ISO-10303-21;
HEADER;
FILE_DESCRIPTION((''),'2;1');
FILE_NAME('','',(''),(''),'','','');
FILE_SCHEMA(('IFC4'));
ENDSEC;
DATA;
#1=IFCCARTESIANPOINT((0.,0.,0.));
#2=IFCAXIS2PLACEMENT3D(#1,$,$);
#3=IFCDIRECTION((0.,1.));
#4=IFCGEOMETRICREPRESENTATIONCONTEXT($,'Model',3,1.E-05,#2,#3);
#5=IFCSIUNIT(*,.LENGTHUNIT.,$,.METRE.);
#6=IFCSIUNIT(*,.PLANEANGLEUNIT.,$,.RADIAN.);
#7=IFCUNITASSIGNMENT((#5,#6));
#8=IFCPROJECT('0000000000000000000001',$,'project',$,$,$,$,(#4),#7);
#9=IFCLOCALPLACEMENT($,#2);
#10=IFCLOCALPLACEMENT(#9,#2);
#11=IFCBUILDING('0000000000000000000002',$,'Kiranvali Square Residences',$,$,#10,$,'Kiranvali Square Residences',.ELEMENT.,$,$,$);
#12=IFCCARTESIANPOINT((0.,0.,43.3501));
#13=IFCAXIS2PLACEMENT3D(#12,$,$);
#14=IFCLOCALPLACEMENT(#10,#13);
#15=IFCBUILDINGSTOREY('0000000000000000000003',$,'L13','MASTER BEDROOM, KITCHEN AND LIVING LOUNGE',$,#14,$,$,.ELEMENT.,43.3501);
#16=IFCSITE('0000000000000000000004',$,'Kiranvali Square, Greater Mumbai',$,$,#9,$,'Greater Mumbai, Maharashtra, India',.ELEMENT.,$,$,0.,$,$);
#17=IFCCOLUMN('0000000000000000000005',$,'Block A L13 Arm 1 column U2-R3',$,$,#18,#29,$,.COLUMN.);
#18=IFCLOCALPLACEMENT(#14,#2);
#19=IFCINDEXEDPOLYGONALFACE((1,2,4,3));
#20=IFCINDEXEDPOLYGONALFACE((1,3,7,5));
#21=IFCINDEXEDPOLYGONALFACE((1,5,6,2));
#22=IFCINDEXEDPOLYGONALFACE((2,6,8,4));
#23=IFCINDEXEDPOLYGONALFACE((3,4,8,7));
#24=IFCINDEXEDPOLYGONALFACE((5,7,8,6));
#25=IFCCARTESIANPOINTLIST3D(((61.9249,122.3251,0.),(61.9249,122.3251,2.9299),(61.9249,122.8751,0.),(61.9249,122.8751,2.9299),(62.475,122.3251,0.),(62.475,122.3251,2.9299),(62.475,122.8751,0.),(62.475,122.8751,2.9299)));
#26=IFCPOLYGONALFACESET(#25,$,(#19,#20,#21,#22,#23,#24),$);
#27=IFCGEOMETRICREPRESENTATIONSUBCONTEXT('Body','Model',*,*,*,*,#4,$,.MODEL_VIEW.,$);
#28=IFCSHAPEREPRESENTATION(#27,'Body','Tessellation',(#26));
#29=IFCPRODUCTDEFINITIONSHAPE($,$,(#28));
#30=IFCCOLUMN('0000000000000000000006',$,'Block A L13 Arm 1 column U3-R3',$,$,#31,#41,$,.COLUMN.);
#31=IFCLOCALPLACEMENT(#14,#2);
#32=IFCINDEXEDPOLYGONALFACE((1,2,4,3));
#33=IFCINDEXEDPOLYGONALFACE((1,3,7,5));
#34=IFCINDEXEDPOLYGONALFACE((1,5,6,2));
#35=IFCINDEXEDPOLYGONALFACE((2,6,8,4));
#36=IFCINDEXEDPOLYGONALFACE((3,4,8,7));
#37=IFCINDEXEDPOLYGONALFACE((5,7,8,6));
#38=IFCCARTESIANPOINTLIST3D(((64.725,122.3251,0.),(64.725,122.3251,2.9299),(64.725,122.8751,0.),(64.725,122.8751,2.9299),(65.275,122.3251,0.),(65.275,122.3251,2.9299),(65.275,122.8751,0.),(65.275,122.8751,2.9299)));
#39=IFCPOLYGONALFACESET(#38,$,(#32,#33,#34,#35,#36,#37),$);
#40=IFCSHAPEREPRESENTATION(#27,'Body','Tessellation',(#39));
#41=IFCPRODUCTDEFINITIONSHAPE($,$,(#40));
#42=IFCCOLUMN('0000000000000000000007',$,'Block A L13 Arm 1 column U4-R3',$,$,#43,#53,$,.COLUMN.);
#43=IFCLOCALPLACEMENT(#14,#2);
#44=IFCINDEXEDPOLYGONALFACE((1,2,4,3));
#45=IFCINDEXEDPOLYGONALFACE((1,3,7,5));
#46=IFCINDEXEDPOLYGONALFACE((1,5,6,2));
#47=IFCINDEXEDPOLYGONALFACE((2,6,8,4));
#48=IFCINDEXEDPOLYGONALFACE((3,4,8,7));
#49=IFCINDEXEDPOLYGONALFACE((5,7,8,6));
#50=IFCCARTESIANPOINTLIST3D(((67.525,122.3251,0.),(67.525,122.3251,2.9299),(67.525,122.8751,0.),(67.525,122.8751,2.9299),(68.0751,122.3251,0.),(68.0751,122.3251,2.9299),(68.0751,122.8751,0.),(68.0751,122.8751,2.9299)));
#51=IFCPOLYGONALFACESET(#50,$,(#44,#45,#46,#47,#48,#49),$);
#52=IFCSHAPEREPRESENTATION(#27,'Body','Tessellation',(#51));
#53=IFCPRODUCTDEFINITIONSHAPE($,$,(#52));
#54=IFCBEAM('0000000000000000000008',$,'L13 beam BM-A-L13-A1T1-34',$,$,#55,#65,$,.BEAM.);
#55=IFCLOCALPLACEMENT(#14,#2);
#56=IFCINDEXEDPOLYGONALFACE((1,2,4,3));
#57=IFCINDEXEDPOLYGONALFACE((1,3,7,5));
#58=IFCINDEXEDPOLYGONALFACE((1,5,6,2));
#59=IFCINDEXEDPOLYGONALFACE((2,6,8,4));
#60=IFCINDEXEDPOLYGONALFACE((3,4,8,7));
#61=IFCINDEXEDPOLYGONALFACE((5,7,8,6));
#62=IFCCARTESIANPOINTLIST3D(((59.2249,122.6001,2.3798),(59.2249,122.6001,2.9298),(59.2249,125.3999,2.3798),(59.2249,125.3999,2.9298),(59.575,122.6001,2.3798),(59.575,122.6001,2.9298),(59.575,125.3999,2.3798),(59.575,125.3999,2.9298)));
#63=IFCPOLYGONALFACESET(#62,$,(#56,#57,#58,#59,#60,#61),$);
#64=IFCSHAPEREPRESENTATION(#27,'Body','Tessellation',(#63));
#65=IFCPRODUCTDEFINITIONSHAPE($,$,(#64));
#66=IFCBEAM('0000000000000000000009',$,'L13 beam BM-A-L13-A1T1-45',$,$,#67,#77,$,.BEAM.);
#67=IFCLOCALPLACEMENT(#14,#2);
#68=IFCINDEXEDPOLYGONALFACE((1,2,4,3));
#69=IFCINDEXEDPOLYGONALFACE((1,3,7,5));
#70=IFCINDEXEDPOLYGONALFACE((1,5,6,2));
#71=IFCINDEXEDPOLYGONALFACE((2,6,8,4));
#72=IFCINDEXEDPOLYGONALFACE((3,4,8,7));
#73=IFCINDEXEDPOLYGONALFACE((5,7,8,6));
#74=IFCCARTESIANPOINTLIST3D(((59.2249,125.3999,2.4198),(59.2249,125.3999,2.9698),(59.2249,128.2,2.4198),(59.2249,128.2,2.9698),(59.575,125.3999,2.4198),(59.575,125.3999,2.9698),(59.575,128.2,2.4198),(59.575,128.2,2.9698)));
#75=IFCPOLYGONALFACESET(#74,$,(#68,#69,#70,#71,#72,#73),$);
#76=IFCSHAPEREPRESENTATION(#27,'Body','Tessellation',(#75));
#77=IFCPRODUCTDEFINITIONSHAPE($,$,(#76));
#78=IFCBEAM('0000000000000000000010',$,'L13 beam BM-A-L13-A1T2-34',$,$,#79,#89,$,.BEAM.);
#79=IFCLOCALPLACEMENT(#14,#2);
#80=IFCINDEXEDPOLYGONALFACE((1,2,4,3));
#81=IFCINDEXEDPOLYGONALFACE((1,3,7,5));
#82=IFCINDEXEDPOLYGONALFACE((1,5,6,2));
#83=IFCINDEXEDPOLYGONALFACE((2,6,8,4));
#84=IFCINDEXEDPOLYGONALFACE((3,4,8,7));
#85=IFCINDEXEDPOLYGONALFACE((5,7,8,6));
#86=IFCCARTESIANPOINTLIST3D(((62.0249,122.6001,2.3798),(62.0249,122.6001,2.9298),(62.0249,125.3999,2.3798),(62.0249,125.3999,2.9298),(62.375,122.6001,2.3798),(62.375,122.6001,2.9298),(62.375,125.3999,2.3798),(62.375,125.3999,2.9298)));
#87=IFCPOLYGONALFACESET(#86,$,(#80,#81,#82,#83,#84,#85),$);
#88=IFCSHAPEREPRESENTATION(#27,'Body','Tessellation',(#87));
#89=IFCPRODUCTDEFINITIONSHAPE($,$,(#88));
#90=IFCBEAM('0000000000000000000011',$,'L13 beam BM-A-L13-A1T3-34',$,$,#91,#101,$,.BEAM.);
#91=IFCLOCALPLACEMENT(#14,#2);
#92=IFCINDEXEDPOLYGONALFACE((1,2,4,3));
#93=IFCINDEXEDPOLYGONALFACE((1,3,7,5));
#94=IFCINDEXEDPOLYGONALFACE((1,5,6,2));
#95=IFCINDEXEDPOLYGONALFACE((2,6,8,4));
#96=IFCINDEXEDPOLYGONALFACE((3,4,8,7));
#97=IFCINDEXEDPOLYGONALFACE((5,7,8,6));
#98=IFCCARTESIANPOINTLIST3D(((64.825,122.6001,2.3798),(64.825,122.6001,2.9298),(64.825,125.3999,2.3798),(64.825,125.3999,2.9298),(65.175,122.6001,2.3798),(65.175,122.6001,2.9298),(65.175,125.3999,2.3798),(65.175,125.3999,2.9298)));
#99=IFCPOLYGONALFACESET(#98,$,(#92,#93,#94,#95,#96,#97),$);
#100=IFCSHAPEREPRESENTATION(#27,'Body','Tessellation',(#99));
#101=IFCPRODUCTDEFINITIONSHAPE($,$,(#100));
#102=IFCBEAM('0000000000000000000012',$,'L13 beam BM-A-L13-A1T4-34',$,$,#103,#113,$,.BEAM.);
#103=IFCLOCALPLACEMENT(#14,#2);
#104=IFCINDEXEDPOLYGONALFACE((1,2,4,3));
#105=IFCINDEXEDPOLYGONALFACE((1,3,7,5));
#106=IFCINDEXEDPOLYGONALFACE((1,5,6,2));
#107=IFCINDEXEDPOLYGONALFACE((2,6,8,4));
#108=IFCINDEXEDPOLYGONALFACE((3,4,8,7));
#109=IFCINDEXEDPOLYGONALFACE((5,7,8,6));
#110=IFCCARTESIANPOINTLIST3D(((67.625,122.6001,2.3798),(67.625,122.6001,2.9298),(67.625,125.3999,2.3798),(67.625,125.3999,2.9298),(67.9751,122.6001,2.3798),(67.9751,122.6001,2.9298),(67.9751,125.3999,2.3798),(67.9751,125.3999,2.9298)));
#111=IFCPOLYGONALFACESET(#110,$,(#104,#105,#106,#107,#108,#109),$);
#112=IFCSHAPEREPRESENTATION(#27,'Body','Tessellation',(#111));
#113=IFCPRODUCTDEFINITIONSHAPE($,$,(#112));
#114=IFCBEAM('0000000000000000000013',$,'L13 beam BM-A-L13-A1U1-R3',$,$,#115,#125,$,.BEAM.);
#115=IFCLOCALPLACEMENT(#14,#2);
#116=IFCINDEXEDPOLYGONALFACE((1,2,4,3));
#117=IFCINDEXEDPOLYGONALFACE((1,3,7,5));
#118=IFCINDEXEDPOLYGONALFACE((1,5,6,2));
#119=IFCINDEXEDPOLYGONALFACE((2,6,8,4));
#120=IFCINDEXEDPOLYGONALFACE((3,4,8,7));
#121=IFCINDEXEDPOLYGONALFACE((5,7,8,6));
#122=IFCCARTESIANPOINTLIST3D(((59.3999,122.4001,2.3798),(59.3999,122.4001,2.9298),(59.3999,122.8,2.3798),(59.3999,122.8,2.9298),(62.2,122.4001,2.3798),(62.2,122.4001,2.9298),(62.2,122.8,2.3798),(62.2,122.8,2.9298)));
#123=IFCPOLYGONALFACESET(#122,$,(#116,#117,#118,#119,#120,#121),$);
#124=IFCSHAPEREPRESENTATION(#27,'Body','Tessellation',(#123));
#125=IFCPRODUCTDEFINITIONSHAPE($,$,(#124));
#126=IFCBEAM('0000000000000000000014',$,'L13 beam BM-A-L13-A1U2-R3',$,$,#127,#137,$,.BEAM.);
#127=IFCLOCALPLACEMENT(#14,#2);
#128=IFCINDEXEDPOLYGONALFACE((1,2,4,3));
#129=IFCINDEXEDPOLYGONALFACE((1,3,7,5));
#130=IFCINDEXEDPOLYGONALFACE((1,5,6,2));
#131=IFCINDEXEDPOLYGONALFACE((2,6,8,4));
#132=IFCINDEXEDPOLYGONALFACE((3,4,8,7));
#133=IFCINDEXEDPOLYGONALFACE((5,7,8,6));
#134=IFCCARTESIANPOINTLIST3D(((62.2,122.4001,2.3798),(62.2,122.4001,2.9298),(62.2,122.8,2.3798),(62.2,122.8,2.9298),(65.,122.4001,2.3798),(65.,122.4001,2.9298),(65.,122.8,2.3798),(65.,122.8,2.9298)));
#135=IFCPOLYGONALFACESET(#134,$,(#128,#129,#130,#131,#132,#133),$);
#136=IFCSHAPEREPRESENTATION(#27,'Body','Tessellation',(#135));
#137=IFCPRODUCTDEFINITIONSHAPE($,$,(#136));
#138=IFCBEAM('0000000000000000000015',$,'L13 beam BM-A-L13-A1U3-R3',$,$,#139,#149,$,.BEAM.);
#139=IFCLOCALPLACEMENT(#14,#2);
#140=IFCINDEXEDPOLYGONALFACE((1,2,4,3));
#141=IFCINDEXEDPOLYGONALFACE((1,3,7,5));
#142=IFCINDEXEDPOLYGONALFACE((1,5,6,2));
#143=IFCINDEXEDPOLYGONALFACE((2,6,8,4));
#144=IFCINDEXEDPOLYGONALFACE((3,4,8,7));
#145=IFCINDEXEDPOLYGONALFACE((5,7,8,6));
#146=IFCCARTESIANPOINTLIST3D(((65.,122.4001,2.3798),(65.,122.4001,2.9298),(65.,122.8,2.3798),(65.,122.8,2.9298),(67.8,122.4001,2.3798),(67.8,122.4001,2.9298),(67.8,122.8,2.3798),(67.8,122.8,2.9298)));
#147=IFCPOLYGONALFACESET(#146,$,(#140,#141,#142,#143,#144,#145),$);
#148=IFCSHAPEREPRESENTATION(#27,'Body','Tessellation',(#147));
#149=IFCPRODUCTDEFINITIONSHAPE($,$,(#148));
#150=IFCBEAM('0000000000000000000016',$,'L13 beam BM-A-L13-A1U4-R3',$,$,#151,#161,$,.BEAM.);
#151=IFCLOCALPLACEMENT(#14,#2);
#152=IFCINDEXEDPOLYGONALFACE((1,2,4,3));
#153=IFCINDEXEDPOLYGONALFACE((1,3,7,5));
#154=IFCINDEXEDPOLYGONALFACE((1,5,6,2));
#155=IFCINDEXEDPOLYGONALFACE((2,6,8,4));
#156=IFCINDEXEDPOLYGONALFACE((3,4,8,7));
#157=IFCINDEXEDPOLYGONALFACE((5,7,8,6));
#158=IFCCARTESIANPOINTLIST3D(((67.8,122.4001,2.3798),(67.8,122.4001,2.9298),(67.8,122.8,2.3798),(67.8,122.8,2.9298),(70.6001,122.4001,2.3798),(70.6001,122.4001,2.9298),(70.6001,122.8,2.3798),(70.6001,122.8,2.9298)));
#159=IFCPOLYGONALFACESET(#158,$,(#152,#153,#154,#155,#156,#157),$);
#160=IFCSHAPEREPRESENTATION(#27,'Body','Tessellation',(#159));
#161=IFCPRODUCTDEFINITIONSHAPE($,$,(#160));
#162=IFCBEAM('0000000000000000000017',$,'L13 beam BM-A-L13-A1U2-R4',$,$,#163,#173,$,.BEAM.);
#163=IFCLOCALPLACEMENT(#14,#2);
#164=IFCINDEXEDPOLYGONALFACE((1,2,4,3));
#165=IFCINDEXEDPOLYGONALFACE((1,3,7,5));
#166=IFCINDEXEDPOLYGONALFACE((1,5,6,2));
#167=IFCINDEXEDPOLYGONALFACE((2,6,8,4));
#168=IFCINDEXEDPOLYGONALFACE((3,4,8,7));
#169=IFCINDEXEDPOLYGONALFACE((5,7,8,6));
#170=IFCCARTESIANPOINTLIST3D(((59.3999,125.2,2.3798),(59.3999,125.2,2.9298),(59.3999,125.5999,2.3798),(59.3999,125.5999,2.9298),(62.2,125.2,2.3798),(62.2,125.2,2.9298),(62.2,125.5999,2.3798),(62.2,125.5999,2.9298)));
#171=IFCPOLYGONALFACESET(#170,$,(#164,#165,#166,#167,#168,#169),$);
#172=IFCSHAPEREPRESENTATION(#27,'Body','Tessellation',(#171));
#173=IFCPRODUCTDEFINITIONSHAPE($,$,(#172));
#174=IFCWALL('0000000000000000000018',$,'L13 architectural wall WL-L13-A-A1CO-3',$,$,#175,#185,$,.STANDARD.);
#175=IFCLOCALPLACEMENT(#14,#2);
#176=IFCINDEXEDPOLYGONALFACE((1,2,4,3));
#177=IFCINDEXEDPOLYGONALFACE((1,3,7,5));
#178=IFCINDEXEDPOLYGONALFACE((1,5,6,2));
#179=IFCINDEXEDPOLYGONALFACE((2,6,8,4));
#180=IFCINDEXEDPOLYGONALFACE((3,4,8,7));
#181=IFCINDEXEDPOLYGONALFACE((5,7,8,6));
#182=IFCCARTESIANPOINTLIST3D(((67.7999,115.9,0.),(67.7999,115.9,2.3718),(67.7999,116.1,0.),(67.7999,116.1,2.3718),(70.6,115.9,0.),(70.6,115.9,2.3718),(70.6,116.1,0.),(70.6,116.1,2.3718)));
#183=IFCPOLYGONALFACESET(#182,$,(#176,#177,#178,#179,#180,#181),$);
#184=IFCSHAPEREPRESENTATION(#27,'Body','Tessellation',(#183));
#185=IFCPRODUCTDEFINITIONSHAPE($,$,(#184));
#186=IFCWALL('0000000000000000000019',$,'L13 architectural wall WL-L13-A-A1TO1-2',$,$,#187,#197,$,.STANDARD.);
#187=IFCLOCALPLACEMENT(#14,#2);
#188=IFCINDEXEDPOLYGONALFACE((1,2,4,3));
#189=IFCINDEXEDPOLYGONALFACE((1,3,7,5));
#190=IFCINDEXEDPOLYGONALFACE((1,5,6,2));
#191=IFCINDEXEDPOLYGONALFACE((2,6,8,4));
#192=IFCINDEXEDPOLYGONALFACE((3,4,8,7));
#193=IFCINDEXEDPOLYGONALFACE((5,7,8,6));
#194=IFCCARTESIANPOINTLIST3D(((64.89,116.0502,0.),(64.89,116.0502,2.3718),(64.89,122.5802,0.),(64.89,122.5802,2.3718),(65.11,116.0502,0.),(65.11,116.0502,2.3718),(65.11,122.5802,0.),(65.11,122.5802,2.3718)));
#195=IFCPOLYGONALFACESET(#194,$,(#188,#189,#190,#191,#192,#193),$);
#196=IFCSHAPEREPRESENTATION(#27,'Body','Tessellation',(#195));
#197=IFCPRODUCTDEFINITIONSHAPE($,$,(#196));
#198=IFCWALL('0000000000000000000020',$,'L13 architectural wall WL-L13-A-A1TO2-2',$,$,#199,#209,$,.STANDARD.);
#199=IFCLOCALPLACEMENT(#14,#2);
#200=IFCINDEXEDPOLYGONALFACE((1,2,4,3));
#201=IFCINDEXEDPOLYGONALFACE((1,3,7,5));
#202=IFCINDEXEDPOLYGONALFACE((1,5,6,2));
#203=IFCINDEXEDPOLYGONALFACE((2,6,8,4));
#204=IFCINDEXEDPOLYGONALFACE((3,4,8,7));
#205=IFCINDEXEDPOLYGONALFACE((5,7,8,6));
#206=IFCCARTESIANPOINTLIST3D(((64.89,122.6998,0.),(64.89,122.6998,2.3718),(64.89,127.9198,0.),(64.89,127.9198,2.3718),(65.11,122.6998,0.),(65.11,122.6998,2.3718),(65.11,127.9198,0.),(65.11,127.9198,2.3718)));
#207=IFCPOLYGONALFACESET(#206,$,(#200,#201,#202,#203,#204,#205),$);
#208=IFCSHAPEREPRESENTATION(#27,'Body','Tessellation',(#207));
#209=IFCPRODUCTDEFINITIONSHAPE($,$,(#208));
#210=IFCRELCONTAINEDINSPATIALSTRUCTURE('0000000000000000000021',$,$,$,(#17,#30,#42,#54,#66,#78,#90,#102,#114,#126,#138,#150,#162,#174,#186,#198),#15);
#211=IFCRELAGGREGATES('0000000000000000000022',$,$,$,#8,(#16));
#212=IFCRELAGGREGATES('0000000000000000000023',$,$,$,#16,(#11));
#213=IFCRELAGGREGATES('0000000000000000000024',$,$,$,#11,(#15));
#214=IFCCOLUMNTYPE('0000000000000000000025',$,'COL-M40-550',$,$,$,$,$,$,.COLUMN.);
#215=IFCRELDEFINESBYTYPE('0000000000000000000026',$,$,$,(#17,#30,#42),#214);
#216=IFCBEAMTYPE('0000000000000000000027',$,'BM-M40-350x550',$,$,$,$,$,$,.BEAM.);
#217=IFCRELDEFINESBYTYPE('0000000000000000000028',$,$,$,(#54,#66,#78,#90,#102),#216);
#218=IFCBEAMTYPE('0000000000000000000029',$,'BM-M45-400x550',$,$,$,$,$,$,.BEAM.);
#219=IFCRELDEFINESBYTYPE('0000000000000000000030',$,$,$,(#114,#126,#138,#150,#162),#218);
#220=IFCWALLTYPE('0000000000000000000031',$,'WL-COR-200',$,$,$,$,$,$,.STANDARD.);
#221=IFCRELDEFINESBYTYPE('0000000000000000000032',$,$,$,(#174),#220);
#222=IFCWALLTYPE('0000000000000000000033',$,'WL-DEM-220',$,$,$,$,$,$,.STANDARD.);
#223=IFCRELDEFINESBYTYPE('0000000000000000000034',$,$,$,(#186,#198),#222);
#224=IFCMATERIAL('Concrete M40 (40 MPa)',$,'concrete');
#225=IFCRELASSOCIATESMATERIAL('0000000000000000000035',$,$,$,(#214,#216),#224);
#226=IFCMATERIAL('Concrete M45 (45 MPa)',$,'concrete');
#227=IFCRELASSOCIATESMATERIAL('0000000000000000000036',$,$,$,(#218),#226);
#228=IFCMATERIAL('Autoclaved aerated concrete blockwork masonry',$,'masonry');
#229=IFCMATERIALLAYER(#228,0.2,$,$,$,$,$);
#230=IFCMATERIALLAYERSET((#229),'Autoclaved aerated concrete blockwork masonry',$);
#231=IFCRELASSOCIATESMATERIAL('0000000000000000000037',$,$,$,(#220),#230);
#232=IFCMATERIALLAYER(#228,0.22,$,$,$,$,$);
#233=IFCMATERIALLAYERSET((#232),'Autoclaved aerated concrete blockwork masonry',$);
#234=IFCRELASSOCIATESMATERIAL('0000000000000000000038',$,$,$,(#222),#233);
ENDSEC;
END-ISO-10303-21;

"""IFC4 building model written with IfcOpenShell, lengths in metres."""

from ifc_helpers import new_model, si_unit, direction, frame, frame_2d, origin, origin_2d, place, context, subcontext, project, spatial, rectangle, extrude, material, layer, layer_set, material_profile, profile_set, type_object, element, save


model = new_model("IFC4")

# Units and contexts
model_context = context("Model", 3, precision=1e-05, world=origin(), true_north=direction((0.0, 1.0)))
body_context = subcontext(model_context, "Body", "Model", "MODEL_VIEW")
ifc_project = project(units=[si_unit("LENGTHUNIT", "METRE"), si_unit("PLANEANGLEUNIT", "RADIAN")], contexts=[model_context])

# Site, building, storey
site_placement = place(None, origin())
site = spatial("IfcSite", under=ifc_project, at=site_placement, Name="Kiranvali Square, Greater Mumbai", LongName="Greater Mumbai, Maharashtra, India", CompositionType="ELEMENT", RefElevation=0.0)
building_placement = place(site_placement, origin())
building = spatial("IfcBuilding", under=site, at=building_placement, Name="Kiranvali Square Residences", LongName="Kiranvali Square Residences", CompositionType="ELEMENT")
storey_placement = place(building_placement, frame((0.0, 0.0, 43.3501)))
storey = spatial("IfcBuildingStorey", under=building, at=storey_placement, Name="L13", Description="MASTER BEDROOM, KITCHEN AND LIVING LOUNGE", CompositionType="ELEMENT", Elevation=43.3501)

# Columns
ifc_material_1 = material(Name="Concrete M40 (40 MPa)", Category="concrete")
ifc_material_profile_1 = material_profile(ifc_material_1, rectangle(XDim=0.55, YDim=0.55, at=origin_2d()), Name="RC 550x550")
ifc_profile_set_1 = profile_set([ifc_material_profile_1], Name="Concrete M40 (40 MPa)")
column_type = type_object("IfcColumnType", Name="COL-M40-550", PredefinedType="COLUMN", material=ifc_profile_set_1)
for number, where, z_axis, x_axis, name in (
    (1, (62.2, 122.6001, 0.0), (0.0, 0.0, 1.0), (1.0, 0.0, 0.0), "Block A L13 Arm 1 column U2-R3"),
    (2, (65.0, 122.6001, 0.0), (0.0, 0.0, 1.0), (1.0, 0.0, 0.0), "Block A L13 Arm 1 column U3-R3"),
    (3, (67.8, 122.6001, 0.0), (0.0, 0.0, 1.0), (1.0, 0.0, 0.0), "Block A L13 Arm 1 column U4-R3"),
):
    element("IfcColumn", number, at=place(storey_placement, frame(where, z_axis=z_axis, x_axis=x_axis)), inside=storey, type_object=column_type, Name=name, PredefinedType="COLUMN", context=body_context, shape_type="SweptSolid", body=[
        extrude(rectangle(XDim=0.55, YDim=0.55, at=origin_2d()), origin(), (0.0, 0.0, 1.0), 2.9299),
    ])

# Beams
ifc_material_profile_2 = material_profile(ifc_material_1, rectangle(XDim=0.3501, YDim=0.55, at=origin_2d()), Name="RC 350x550")
ifc_profile_set_2 = profile_set([ifc_material_profile_2], Name="Concrete M40 (40 MPa)")
beam_type_1 = type_object("IfcBeamType", Name="BM-M40-350x550", PredefinedType="BEAM", material=ifc_profile_set_2)
beam_1_placement = place(storey_placement, frame((59.3999, 122.6001, 2.6548), z_axis=(0.0, 1.0, 0.0), x_axis=(-1.0, 0.0, 0.0)))
element("IfcBeam", 4, at=beam_1_placement, inside=storey, type_object=beam_type_1, Name="L13 beam BM-A-L13-A1T1-34", PredefinedType="BEAM", context=body_context, shape_type="SweptSolid", body=[
    extrude(rectangle(XDim=0.3501, YDim=0.55, at=origin_2d()), origin(), (0.0, 0.0, 1.0), 2.7998),
])
beam_2_placement = place(storey_placement, frame((59.3999, 125.3999, 2.6948), z_axis=(0.0, 1.0, 0.0), x_axis=(-1.0, 0.0, 0.0)))
element("IfcBeam", 5, at=beam_2_placement, inside=storey, type_object=beam_type_1, Name="L13 beam BM-A-L13-A1T1-45", PredefinedType="BEAM", context=body_context, shape_type="SweptSolid", body=[
    extrude(rectangle(XDim=0.3501, YDim=0.55, at=origin_2d()), origin(), (0.0, 0.0, 1.0), 2.8),
])
for number, where, z_axis, x_axis, name in (
    (6, (62.2, 122.6001, 2.6548), (0.0, 1.0, 0.0), (-1.0, 0.0, 0.0), "L13 beam BM-A-L13-A1T2-34"),
    (7, (65.0, 122.6001, 2.6548), (0.0, 1.0, 0.0), (-1.0, 0.0, 0.0), "L13 beam BM-A-L13-A1T3-34"),
    (8, (67.8, 122.6001, 2.6548), (0.0, 1.0, 0.0), (-1.0, 0.0, 0.0), "L13 beam BM-A-L13-A1T4-34"),
):
    element("IfcBeam", number, at=place(storey_placement, frame(where, z_axis=z_axis, x_axis=x_axis)), inside=storey, type_object=beam_type_1, Name=name, PredefinedType="BEAM", context=body_context, shape_type="SweptSolid", body=[
        extrude(rectangle(XDim=0.3501, YDim=0.55, at=origin_2d()), origin(), (0.0, 0.0, 1.0), 2.7998),
    ])
ifc_material_2 = material(Name="Concrete M45 (45 MPa)", Category="concrete")
ifc_material_profile_3 = material_profile(ifc_material_2, rectangle(XDim=0.3999, YDim=0.55, at=origin_2d()), Name="RC 400x550")
ifc_profile_set_3 = profile_set([ifc_material_profile_3], Name="Concrete M45 (45 MPa)")
beam_type_2 = type_object("IfcBeamType", Name="BM-M45-400x550", PredefinedType="BEAM", material=ifc_profile_set_3)
for number, where, z_axis, x_axis, name in (
    (9, (59.3999, 122.6001, 2.6548), (1.0, 0.0, 0.0), (0.0, 1.0, 0.0), "L13 beam BM-A-L13-A1U1-R3"),
    (10, (62.2, 122.6001, 2.6548), (1.0, 0.0, 0.0), (0.0, 1.0, 0.0), "L13 beam BM-A-L13-A1U2-R3"),
    (11, (65.0, 122.6001, 2.6548), (1.0, 0.0, 0.0), (0.0, 1.0, 0.0), "L13 beam BM-A-L13-A1U3-R3"),
    (12, (67.8, 122.6001, 2.6548), (1.0, 0.0, 0.0), (0.0, 1.0, 0.0), "L13 beam BM-A-L13-A1U4-R3"),
    (13, (59.3999, 125.3999, 2.6548), (1.0, 0.0, 0.0), (0.0, 1.0, 0.0), "L13 beam BM-A-L13-A1U2-R4"),
):
    element("IfcBeam", number, at=place(storey_placement, frame(where, z_axis=z_axis, x_axis=x_axis)), inside=storey, type_object=beam_type_2, Name=name, PredefinedType="BEAM", context=body_context, shape_type="SweptSolid", body=[
        extrude(rectangle(XDim=0.3999, YDim=0.55, at=origin_2d()), origin(), (0.0, 0.0, 1.0), 2.8),
    ])

# Walls
ifc_material_3 = material(Name="Autoclaved aerated concrete blockwork masonry", Category="masonry")
ifc_layer_1 = layer(ifc_material_3, 0.2)
ifc_layer_set_1 = layer_set([ifc_layer_1], Name="Autoclaved aerated concrete blockwork masonry")
wall_type_1 = type_object("IfcWallType", Name="WL-COR-200", PredefinedType="STANDARD", material=ifc_layer_set_1)
wall_1_placement = place(storey_placement, frame((67.8, 116.0, 0.0), z_axis=(0.0, 0.0, 1.0), x_axis=(1.0, 0.0, 0.0)))
element("IfcWall", 14, at=wall_1_placement, inside=storey, type_object=wall_type_1, Name="L13 architectural wall WL-L13-A-A1CO-3", PredefinedType="STANDARD", context=body_context, shape_type="SweptSolid", body=[
    extrude(rectangle(XDim=2.8, YDim=0.2, at=frame_2d((1.3999, 0.0))), origin(), (0.0, 0.0, 1.0), 2.3718),
])
ifc_layer_2 = layer(ifc_material_3, 0.22)
ifc_layer_set_2 = layer_set([ifc_layer_2], Name="Autoclaved aerated concrete blockwork masonry")
wall_type_2 = type_object("IfcWallType", Name="WL-DEM-220", PredefinedType="STANDARD", material=ifc_layer_set_2)
wall_2_placement = place(storey_placement, frame((65.0, 116.05, 0.0), z_axis=(0.0, 0.0, 1.0), x_axis=(0.0, 1.0, 0.0)))
element("IfcWall", 15, at=wall_2_placement, inside=storey, type_object=wall_type_2, Name="L13 architectural wall WL-L13-A-A1TO1-2", PredefinedType="STANDARD", context=body_context, shape_type="SweptSolid", body=[
    extrude(rectangle(XDim=6.53, YDim=0.22, at=frame_2d((3.2651, 0.0))), origin(), (0.0, 0.0, 1.0), 2.3718),
])
wall_3_placement = place(storey_placement, frame((65.0, 122.7, 0.0), z_axis=(0.0, 0.0, 1.0), x_axis=(0.0, 1.0, 0.0)))
element("IfcWall", 16, at=wall_3_placement, inside=storey, type_object=wall_type_2, Name="L13 architectural wall WL-L13-A-A1TO2-2", PredefinedType="STANDARD", context=body_context, shape_type="SweptSolid", body=[
    extrude(rectangle(XDim=5.22, YDim=0.22, at=frame_2d((2.6099, 0.0))), origin(), (0.0, 0.0, 1.0), 2.3718),
])

save(model, "model.ifc")
